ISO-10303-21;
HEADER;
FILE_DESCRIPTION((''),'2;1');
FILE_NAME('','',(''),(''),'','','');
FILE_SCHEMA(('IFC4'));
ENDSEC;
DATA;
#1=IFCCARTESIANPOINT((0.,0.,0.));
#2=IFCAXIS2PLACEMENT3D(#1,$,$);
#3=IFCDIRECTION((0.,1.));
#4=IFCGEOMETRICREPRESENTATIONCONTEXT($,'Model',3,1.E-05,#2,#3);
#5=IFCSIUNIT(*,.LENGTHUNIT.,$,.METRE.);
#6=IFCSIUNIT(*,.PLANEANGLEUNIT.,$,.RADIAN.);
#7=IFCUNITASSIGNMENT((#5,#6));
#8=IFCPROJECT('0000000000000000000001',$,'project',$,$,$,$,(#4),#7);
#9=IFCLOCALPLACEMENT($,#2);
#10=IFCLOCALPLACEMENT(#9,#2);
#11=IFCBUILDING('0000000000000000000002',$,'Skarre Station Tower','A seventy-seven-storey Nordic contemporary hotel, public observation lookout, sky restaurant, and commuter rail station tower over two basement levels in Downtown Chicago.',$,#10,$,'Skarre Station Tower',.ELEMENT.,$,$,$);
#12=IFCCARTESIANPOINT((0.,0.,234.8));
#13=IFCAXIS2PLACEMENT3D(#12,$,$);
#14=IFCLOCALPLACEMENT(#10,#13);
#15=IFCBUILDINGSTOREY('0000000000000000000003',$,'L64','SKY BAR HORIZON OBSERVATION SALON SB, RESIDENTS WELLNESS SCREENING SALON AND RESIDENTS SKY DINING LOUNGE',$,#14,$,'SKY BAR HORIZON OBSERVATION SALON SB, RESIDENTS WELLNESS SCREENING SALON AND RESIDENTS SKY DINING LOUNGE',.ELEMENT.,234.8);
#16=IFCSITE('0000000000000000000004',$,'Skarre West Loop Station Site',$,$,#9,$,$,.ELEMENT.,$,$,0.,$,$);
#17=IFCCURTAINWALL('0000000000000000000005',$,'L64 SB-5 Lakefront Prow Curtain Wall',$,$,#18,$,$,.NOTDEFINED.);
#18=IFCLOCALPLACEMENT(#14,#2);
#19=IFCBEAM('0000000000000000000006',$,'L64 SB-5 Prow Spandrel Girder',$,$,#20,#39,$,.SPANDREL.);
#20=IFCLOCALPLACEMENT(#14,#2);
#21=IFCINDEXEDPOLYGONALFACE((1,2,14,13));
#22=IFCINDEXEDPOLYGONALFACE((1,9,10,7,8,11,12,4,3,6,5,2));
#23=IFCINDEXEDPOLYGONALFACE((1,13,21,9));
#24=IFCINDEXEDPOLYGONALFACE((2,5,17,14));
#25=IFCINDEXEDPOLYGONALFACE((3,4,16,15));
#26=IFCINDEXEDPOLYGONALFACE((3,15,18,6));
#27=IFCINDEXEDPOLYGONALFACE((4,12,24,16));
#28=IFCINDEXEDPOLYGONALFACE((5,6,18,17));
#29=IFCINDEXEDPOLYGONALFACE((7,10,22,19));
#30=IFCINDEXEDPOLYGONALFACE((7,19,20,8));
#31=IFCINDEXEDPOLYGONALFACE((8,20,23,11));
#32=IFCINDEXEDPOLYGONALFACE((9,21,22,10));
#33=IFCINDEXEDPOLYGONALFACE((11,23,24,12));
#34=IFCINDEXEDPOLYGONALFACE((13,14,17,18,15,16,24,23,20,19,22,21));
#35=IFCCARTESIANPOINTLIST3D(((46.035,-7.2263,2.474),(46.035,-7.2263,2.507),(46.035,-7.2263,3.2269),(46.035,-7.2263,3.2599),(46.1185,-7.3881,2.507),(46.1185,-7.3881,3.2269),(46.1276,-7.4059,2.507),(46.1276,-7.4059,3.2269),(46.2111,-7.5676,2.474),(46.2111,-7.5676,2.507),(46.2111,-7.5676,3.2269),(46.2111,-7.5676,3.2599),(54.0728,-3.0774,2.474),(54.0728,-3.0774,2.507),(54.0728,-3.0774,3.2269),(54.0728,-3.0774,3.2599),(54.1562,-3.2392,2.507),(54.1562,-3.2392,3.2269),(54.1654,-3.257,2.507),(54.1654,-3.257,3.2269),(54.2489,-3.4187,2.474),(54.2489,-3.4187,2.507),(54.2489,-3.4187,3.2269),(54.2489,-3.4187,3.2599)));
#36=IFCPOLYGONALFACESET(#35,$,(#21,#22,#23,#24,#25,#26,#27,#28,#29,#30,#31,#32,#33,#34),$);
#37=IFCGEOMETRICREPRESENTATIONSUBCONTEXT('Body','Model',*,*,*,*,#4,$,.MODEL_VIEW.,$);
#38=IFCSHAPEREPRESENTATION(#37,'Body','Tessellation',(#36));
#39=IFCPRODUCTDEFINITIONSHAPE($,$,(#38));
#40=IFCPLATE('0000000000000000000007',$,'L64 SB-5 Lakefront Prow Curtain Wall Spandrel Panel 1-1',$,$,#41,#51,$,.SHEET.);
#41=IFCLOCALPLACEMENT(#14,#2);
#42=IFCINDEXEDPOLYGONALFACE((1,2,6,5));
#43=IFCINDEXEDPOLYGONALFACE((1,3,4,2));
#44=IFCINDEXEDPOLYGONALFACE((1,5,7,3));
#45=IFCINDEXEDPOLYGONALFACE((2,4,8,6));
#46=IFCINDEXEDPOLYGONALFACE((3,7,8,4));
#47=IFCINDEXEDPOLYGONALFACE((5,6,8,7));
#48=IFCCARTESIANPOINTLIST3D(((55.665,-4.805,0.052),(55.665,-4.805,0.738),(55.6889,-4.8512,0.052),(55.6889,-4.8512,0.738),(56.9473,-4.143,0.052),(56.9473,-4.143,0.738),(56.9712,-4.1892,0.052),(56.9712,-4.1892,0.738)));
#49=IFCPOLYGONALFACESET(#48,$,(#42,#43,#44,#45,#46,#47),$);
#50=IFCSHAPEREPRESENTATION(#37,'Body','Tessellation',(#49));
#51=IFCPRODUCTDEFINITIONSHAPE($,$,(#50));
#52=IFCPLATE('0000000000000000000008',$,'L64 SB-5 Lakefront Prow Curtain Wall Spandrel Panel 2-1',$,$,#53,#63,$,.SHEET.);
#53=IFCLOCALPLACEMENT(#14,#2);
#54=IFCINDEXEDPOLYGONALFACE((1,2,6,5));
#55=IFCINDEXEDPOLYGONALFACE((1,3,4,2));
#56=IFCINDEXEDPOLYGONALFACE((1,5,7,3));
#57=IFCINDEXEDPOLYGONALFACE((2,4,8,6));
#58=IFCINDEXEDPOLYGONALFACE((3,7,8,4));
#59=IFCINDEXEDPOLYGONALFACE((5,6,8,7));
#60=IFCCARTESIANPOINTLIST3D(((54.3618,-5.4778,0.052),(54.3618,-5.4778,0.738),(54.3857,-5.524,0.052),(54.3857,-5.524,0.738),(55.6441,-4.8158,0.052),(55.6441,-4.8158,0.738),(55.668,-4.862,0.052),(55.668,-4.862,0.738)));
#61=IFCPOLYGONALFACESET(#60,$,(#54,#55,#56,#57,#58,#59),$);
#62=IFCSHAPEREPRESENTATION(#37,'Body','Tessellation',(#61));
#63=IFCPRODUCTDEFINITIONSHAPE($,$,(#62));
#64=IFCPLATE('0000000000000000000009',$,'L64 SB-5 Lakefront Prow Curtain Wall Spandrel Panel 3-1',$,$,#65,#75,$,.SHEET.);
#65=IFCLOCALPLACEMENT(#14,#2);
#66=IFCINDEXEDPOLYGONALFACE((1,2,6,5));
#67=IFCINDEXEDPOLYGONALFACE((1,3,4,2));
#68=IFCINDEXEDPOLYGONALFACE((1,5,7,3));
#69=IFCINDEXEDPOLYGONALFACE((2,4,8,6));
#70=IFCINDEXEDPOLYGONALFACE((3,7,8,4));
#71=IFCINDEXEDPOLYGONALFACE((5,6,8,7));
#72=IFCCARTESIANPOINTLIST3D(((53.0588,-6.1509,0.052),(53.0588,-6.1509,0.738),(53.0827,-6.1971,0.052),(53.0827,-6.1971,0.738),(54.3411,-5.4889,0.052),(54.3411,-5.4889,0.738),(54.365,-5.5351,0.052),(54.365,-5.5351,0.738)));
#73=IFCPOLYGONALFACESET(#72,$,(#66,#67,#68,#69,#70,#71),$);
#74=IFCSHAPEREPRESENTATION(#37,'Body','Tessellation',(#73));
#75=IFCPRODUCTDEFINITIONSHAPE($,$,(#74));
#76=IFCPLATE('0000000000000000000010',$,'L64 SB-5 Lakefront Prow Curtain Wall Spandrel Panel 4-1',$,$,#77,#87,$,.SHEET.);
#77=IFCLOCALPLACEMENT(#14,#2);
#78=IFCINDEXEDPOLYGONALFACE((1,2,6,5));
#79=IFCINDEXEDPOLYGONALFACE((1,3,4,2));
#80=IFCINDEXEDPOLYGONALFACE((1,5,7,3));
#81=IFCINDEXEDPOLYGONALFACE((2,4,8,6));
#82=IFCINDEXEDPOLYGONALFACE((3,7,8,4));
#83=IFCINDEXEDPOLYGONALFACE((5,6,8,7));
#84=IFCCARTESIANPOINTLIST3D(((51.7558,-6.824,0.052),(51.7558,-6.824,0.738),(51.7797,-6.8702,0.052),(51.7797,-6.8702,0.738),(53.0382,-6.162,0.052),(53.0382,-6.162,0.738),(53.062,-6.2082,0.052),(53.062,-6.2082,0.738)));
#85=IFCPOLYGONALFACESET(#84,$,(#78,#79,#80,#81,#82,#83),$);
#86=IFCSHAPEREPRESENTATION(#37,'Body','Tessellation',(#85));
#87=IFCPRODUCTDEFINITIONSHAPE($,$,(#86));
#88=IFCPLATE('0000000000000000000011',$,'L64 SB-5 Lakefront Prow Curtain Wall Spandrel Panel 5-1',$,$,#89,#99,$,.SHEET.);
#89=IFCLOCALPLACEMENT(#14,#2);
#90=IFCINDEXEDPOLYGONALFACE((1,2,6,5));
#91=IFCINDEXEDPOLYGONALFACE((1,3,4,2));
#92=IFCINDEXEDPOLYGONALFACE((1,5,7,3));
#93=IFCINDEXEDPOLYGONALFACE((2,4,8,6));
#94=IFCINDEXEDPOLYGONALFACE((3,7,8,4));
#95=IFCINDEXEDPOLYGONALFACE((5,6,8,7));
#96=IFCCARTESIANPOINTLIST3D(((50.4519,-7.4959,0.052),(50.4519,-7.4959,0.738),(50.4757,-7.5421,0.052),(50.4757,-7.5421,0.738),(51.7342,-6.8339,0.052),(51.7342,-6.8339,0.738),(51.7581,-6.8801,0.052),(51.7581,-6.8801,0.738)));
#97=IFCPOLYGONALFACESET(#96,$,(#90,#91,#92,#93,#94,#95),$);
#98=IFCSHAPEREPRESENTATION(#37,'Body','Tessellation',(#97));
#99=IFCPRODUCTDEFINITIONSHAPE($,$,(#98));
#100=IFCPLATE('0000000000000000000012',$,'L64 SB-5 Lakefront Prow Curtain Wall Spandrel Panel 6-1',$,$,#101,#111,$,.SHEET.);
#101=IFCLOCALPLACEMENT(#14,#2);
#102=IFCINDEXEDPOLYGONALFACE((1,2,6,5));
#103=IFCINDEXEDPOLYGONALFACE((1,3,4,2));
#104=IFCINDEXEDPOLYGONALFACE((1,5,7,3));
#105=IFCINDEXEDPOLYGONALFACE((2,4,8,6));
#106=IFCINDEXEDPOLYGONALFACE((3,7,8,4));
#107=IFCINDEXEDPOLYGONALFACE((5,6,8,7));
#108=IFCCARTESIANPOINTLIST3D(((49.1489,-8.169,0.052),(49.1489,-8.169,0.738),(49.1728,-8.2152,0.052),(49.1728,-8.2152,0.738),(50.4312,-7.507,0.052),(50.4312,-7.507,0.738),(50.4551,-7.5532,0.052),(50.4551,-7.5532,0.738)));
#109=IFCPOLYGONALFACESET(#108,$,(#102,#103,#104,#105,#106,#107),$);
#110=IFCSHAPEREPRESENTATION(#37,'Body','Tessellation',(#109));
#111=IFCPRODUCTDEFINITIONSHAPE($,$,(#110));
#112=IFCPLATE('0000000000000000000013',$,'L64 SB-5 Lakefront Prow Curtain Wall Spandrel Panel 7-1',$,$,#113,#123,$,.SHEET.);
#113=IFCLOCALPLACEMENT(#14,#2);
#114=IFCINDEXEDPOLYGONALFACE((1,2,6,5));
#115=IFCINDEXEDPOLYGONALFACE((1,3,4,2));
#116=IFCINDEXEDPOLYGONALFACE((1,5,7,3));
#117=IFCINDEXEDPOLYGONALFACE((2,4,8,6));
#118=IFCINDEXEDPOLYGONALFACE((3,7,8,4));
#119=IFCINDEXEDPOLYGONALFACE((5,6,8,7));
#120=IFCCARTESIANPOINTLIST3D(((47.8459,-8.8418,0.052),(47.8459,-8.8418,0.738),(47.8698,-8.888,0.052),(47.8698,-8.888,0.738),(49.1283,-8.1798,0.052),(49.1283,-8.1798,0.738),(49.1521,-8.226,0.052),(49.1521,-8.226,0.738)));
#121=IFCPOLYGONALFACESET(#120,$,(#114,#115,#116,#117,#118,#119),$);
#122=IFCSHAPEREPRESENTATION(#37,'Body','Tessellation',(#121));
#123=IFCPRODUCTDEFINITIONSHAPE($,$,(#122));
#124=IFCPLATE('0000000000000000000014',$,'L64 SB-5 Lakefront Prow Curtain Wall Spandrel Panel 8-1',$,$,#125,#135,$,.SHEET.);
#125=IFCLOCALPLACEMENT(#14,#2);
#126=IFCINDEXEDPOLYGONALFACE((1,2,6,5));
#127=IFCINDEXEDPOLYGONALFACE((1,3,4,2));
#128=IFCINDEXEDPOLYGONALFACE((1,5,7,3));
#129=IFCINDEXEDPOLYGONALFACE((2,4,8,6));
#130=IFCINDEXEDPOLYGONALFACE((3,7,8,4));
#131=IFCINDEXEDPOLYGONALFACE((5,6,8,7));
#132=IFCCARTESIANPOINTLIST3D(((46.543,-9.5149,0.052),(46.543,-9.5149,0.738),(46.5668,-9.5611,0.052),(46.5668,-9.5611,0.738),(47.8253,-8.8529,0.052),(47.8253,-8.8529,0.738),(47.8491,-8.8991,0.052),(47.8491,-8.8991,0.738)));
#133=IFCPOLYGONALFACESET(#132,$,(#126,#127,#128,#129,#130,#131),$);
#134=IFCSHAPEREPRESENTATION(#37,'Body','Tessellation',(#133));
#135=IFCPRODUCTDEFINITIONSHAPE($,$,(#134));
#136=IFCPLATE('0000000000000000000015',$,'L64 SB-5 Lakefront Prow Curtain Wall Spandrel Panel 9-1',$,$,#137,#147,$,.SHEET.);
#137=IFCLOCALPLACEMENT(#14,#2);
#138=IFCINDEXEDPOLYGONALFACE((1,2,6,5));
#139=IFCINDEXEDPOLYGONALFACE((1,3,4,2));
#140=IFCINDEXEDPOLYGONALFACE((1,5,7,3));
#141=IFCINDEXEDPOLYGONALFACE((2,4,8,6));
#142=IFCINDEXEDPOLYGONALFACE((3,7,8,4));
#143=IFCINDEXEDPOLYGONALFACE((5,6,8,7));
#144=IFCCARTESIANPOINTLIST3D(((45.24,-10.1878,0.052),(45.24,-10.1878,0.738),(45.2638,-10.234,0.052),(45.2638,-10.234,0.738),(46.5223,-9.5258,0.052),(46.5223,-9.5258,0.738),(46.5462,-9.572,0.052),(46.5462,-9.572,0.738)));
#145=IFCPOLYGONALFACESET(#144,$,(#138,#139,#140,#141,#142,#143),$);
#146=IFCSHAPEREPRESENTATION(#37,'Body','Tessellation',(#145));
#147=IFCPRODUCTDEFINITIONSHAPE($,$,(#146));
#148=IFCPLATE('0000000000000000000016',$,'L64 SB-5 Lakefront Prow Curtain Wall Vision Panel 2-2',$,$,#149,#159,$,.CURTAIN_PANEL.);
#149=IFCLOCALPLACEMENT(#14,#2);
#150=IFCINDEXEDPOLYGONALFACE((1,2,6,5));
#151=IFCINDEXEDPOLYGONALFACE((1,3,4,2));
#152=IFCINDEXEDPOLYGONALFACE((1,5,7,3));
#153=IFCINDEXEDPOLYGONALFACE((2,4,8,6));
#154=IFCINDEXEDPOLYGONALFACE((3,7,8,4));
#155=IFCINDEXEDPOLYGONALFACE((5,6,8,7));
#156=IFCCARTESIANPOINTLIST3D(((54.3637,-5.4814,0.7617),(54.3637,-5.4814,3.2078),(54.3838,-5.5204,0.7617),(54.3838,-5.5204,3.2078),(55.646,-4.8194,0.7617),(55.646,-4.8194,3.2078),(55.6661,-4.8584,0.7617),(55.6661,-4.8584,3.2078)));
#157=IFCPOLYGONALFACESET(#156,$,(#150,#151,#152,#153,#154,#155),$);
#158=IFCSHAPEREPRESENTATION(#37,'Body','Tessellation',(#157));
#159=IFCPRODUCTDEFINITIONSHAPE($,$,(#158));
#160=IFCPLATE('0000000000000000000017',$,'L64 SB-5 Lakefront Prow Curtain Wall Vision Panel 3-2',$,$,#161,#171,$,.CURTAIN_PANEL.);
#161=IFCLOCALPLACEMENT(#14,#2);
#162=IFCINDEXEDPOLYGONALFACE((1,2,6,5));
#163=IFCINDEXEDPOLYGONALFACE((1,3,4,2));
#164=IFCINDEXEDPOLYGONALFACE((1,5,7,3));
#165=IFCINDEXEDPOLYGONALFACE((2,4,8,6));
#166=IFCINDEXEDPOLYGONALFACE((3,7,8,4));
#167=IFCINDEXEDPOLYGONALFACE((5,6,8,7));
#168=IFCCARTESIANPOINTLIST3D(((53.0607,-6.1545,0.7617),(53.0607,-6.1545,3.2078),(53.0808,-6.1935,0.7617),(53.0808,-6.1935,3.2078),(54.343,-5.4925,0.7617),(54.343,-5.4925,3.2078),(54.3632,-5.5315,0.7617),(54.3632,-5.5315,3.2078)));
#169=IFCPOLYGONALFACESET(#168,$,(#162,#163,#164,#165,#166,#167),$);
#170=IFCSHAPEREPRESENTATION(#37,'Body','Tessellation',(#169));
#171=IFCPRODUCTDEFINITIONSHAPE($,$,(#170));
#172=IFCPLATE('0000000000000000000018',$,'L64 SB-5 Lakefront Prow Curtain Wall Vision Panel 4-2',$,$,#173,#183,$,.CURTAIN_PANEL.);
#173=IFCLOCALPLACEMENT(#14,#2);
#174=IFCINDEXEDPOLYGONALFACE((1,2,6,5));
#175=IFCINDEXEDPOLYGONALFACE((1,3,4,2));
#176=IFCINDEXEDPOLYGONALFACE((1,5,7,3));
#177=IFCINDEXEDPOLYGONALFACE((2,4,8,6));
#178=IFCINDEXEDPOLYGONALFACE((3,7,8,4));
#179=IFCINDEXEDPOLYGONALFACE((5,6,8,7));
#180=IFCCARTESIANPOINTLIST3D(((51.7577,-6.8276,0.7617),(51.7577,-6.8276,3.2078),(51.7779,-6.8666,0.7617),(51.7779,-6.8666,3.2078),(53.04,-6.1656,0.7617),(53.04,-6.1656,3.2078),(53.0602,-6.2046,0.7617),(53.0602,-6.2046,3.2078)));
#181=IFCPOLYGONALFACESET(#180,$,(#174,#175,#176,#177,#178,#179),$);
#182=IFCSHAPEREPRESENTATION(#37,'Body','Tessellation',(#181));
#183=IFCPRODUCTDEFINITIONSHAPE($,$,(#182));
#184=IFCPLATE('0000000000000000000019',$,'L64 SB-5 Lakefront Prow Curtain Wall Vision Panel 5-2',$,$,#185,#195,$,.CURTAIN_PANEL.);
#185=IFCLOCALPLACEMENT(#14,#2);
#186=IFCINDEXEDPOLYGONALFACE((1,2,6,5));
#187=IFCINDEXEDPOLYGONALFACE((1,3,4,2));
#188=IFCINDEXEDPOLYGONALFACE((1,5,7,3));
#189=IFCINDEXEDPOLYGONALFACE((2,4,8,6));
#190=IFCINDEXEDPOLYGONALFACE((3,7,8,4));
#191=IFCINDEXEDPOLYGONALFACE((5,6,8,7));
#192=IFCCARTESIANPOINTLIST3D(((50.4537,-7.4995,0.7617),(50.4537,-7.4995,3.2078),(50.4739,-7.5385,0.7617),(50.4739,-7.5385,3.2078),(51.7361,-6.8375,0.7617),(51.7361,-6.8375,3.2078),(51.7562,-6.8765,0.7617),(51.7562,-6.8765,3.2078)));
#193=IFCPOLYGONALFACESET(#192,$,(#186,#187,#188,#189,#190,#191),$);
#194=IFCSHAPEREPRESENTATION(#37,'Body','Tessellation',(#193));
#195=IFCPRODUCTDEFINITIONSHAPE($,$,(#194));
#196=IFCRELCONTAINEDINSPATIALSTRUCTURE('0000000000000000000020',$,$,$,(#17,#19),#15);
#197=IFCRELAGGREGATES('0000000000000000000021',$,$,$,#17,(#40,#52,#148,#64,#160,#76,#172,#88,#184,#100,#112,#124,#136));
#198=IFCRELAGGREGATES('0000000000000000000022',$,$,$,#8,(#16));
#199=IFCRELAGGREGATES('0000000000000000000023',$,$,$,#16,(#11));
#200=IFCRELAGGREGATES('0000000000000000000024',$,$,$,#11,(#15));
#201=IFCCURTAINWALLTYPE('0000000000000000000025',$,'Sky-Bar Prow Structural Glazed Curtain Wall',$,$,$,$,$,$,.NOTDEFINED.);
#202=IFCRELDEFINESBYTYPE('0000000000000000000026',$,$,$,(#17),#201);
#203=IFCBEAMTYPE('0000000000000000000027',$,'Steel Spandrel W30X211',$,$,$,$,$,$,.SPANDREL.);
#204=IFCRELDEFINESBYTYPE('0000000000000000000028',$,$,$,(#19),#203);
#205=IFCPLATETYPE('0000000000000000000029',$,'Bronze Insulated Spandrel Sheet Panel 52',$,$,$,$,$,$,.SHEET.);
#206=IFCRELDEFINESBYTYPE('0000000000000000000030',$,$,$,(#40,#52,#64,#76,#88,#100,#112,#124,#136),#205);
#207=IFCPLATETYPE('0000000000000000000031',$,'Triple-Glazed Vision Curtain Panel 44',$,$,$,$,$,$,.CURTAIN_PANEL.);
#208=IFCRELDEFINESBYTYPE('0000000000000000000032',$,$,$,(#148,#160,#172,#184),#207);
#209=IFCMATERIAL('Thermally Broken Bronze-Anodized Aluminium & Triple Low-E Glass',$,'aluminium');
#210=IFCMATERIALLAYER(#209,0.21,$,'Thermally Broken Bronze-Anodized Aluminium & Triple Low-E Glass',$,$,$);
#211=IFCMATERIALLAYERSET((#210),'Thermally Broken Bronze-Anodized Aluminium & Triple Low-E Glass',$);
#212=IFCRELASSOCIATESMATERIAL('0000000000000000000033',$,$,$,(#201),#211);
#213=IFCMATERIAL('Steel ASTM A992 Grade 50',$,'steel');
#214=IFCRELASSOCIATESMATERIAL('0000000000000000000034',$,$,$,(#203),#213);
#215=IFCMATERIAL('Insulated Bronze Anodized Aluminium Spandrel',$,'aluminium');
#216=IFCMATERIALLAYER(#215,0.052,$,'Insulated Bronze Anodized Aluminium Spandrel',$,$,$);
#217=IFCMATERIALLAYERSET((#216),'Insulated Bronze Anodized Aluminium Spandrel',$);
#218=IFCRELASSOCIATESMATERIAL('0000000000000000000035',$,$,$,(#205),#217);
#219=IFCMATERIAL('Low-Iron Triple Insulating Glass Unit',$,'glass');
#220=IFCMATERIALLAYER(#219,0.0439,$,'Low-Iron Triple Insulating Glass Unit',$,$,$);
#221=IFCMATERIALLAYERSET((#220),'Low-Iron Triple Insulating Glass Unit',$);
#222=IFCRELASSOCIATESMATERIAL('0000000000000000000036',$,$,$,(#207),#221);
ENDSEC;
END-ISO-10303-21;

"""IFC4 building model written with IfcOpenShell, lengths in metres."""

from ifc_helpers import new_model, si_unit, direction, frame, origin, origin_2d, place, context, subcontext, project, spatial, rectangle, i_section, extrude, material, layer, layer_set, material_profile, profile_set, type_object, element, aggregate, save


model = new_model("IFC4")

# Units and contexts
model_context = context("Model", 3, precision=1e-05, world=origin(), true_north=direction((0.0, 1.0)))
body_context = subcontext(model_context, "Body", "Model", "MODEL_VIEW")
ifc_project = project(units=[si_unit("LENGTHUNIT", "METRE"), si_unit("PLANEANGLEUNIT", "RADIAN")], contexts=[model_context])

# Site, building, storey
site_placement = place(None, origin())
site = spatial("IfcSite", under=ifc_project, at=site_placement, Name="Skarre West Loop Station Site", CompositionType="ELEMENT", RefElevation=0.0)
building_placement = place(site_placement, origin())
building = spatial("IfcBuilding", under=site, at=building_placement, Name="Skarre Station Tower", Description="A seventy-seven-storey Nordic contemporary hotel, public observation lookout, sky restaurant, and commuter rail station tower over two basement levels in Downtown Chicago.", LongName="Skarre Station Tower", CompositionType="ELEMENT")
storey_placement = place(building_placement, frame((0.0, 0.0, 234.8)))
storey = spatial("IfcBuildingStorey", under=building, at=storey_placement, Name="L64", Description="SKY BAR HORIZON OBSERVATION SALON SB, RESIDENTS WELLNESS SCREENING SALON AND RESIDENTS SKY DINING LOUNGE", LongName="SKY BAR HORIZON OBSERVATION SALON SB, RESIDENTS WELLNESS SCREENING SALON AND RESIDENTS SKY DINING LOUNGE", CompositionType="ELEMENT", Elevation=234.8)

# Curtain wall
ifc_material_1 = material(Name="Thermally Broken Bronze-Anodized Aluminium & Triple Low-E Glass", Category="aluminium")
ifc_layer_1 = layer(ifc_material_1, 0.21, Name="Thermally Broken Bronze-Anodized Aluminium & Triple Low-E Glass")
ifc_layer_set_1 = layer_set([ifc_layer_1], Name="Thermally Broken Bronze-Anodized Aluminium & Triple Low-E Glass")
curtain_wall_type = type_object("IfcCurtainWallType", Name="Sky-Bar Prow Structural Glazed Curtain Wall", PredefinedType="NOTDEFINED", material=ifc_layer_set_1)
curtain_wall_placement = place(storey_placement, origin())
curtain_wall = element("IfcCurtainWall", 1, at=curtain_wall_placement, inside=storey, type_object=curtain_wall_type, Name="L64 SB-5 Lakefront Prow Curtain Wall", PredefinedType="NOTDEFINED")

# Beam
ifc_material_2 = material(Name="Steel ASTM A992 Grade 50", Category="steel")
ifc_material_profile_1 = material_profile(ifc_material_2, i_section(OverallWidth=0.384, OverallDepth=0.7859, WebThickness=0.02, FlangeThickness=0.033, at=origin_2d()), Name="Steel ASTM A992 Grade 50")
ifc_profile_set_1 = profile_set([ifc_material_profile_1], Name="Steel ASTM A992 Grade 50")
beam_type = type_object("IfcBeamType", Name="Steel Spandrel W30X211", PredefinedType="SPANDREL", material=ifc_profile_set_1)
beam_placement = place(storey_placement, frame((46.123, -7.397, 2.8669), z_axis=(0.888604, 0.458675, 0.0), x_axis=(-0.458675, 0.888604, 0.0)))
element("IfcBeam", 2, at=beam_placement, inside=storey, type_object=beam_type, Name="L64 SB-5 Prow Spandrel Girder", PredefinedType="SPANDREL", context=body_context, shape_type="SweptSolid", body=[
    extrude(i_section(OverallWidth=0.384, OverallDepth=0.7859, WebThickness=0.02, FlangeThickness=0.033, at=origin_2d()), origin(), (0.0, 0.0, 1.0), 9.0454),
])

# Plates
ifc_material_3 = material(Name="Insulated Bronze Anodized Aluminium Spandrel", Category="aluminium")
ifc_layer_2 = layer(ifc_material_3, 0.052, Name="Insulated Bronze Anodized Aluminium Spandrel")
ifc_layer_set_2 = layer_set([ifc_layer_2], Name="Insulated Bronze Anodized Aluminium Spandrel")
plate_type_1 = type_object("IfcPlateType", Name="Bronze Insulated Spandrel Sheet Panel 52", PredefinedType="SHEET", material=ifc_layer_set_2)
plate_1_placement = place(storey_placement, frame((56.3181, -4.4971, 0.052), z_axis=(0.0, 0.0, 1.0), x_axis=(-0.888577, -0.458727, 0.0)))
plate_1 = element("IfcPlate", 3, at=plate_1_placement, type_object=plate_type_1, Name="L64 SB-5 Lakefront Prow Curtain Wall Spandrel Panel 1-1", PredefinedType="SHEET", context=body_context, shape_type="SweptSolid", body=[
    extrude(rectangle(XDim=1.4431, YDim=0.052, at=origin_2d()), origin(), (0.0, 0.0, 1.0), 0.686),
])
plate_2_placement = place(storey_placement, frame((55.0149, -5.1699, 0.052), z_axis=(0.0, 0.0, 1.0), x_axis=(-0.888577, -0.458727, 0.0)))
plate_2 = element("IfcPlate", 4, at=plate_2_placement, type_object=plate_type_1, Name="L64 SB-5 Lakefront Prow Curtain Wall Spandrel Panel 2-1", PredefinedType="SHEET", context=body_context, shape_type="SweptSolid", body=[
    extrude(rectangle(XDim=1.4431, YDim=0.052, at=origin_2d()), origin(), (0.0, 0.0, 1.0), 0.686),
])
plate_3_placement = place(storey_placement, frame((53.7119, -5.843, 0.052), z_axis=(0.0, 0.0, 1.0), x_axis=(-0.888577, -0.458727, 0.0)))
plate_3 = element("IfcPlate", 5, at=plate_3_placement, type_object=plate_type_1, Name="L64 SB-5 Lakefront Prow Curtain Wall Spandrel Panel 3-1", PredefinedType="SHEET", context=body_context, shape_type="SweptSolid", body=[
    extrude(rectangle(XDim=1.4431, YDim=0.052, at=origin_2d()), origin(), (0.0, 0.0, 1.0), 0.686),
])
plate_4_placement = place(storey_placement, frame((52.4089, -6.5161, 0.052), z_axis=(0.0, 0.0, 1.0), x_axis=(-0.888577, -0.458727, 0.0)))
plate_4 = element("IfcPlate", 6, at=plate_4_placement, type_object=plate_type_1, Name="L64 SB-5 Lakefront Prow Curtain Wall Spandrel Panel 4-1", PredefinedType="SHEET", context=body_context, shape_type="SweptSolid", body=[
    extrude(rectangle(XDim=1.4431, YDim=0.052, at=origin_2d()), origin(), (0.0, 0.0, 1.0), 0.686),
])
plate_5_placement = place(storey_placement, frame((51.105, -7.188, 0.052), z_axis=(0.0, 0.0, 1.0), x_axis=(-0.888577, -0.458727, 0.0)))
plate_5 = element("IfcPlate", 7, at=plate_5_placement, type_object=plate_type_1, Name="L64 SB-5 Lakefront Prow Curtain Wall Spandrel Panel 5-1", PredefinedType="SHEET", context=body_context, shape_type="SweptSolid", body=[
    extrude(rectangle(XDim=1.4431, YDim=0.052, at=origin_2d()), origin(), (0.0, 0.0, 1.0), 0.686),
])
plate_6_placement = place(storey_placement, frame((49.802, -7.8611, 0.052), z_axis=(0.0, 0.0, 1.0), x_axis=(-0.888577, -0.458727, 0.0)))
plate_6 = element("IfcPlate", 8, at=plate_6_placement, type_object=plate_type_1, Name="L64 SB-5 Lakefront Prow Curtain Wall Spandrel Panel 6-1", PredefinedType="SHEET", context=body_context, shape_type="SweptSolid", body=[
    extrude(rectangle(XDim=1.4431, YDim=0.052, at=origin_2d()), origin(), (0.0, 0.0, 1.0), 0.686),
])
plate_7_placement = place(storey_placement, frame((48.499, -8.5339, 0.052), z_axis=(0.0, 0.0, 1.0), x_axis=(-0.888577, -0.458727, 0.0)))
plate_7 = element("IfcPlate", 9, at=plate_7_placement, type_object=plate_type_1, Name="L64 SB-5 Lakefront Prow Curtain Wall Spandrel Panel 7-1", PredefinedType="SHEET", context=body_context, shape_type="SweptSolid", body=[
    extrude(rectangle(XDim=1.4431, YDim=0.052, at=origin_2d()), origin(), (0.0, 0.0, 1.0), 0.686),
])
plate_8_placement = place(storey_placement, frame((47.196, -9.207, 0.052), z_axis=(0.0, 0.0, 1.0), x_axis=(-0.888577, -0.458727, 0.0)))
plate_8 = element("IfcPlate", 10, at=plate_8_placement, type_object=plate_type_1, Name="L64 SB-5 Lakefront Prow Curtain Wall Spandrel Panel 8-1", PredefinedType="SHEET", context=body_context, shape_type="SweptSolid", body=[
    extrude(rectangle(XDim=1.4431, YDim=0.052, at=origin_2d()), origin(), (0.0, 0.0, 1.0), 0.686),
])
plate_9_placement = place(storey_placement, frame((45.8931, -9.8799, 0.052), z_axis=(0.0, 0.0, 1.0), x_axis=(-0.888577, -0.458727, 0.0)))
plate_9 = element("IfcPlate", 11, at=plate_9_placement, type_object=plate_type_1, Name="L64 SB-5 Lakefront Prow Curtain Wall Spandrel Panel 9-1", PredefinedType="SHEET", context=body_context, shape_type="SweptSolid", body=[
    extrude(rectangle(XDim=1.4431, YDim=0.052, at=origin_2d()), origin(), (0.0, 0.0, 1.0), 0.686),
])
ifc_material_4 = material(Name="Low-Iron Triple Insulating Glass Unit", Category="glass")
ifc_layer_3 = layer(ifc_material_4, 0.0439, Name="Low-Iron Triple Insulating Glass Unit")
ifc_layer_set_3 = layer_set([ifc_layer_3], Name="Low-Iron Triple Insulating Glass Unit")
plate_type_2 = type_object("IfcPlateType", Name="Triple-Glazed Vision Curtain Panel 44", PredefinedType="CURTAIN_PANEL", material=ifc_layer_set_3)
plate_10_placement = place(storey_placement, frame((55.0149, -5.1699, 0.7617), z_axis=(0.0, 0.0, 1.0), x_axis=(-0.888577, -0.458727, 0.0)))
plate_10 = element("IfcPlate", 12, at=plate_10_placement, type_object=plate_type_2, Name="L64 SB-5 Lakefront Prow Curtain Wall Vision Panel 2-2", PredefinedType="CURTAIN_PANEL", context=body_context, shape_type="SweptSolid", body=[
    extrude(rectangle(XDim=1.4431, YDim=0.0439, at=origin_2d()), origin(), (0.0, 0.0, 1.0), 2.446),
])
plate_11_placement = place(storey_placement, frame((53.7119, -5.843, 0.7617), z_axis=(0.0, 0.0, 1.0), x_axis=(-0.888577, -0.458727, 0.0)))
plate_11 = element("IfcPlate", 13, at=plate_11_placement, type_object=plate_type_2, Name="L64 SB-5 Lakefront Prow Curtain Wall Vision Panel 3-2", PredefinedType="CURTAIN_PANEL", context=body_context, shape_type="SweptSolid", body=[
    extrude(rectangle(XDim=1.4431, YDim=0.0439, at=origin_2d()), origin(), (0.0, 0.0, 1.0), 2.446),
])
plate_12_placement = place(storey_placement, frame((52.4089, -6.5161, 0.7617), z_axis=(0.0, 0.0, 1.0), x_axis=(-0.888577, -0.458727, 0.0)))
plate_12 = element("IfcPlate", 14, at=plate_12_placement, type_object=plate_type_2, Name="L64 SB-5 Lakefront Prow Curtain Wall Vision Panel 4-2", PredefinedType="CURTAIN_PANEL", context=body_context, shape_type="SweptSolid", body=[
    extrude(rectangle(XDim=1.4431, YDim=0.0439, at=origin_2d()), origin(), (0.0, 0.0, 1.0), 2.446),
])
plate_13_placement = place(storey_placement, frame((51.105, -7.188, 0.7617), z_axis=(0.0, 0.0, 1.0), x_axis=(-0.888577, -0.458727, 0.0)))
plate_13 = element("IfcPlate", 15, at=plate_13_placement, type_object=plate_type_2, Name="L64 SB-5 Lakefront Prow Curtain Wall Vision Panel 5-2", PredefinedType="CURTAIN_PANEL", context=body_context, shape_type="SweptSolid", body=[
    extrude(rectangle(XDim=1.4431, YDim=0.0439, at=origin_2d()), origin(), (0.0, 0.0, 1.0), 2.446),
])
aggregate(curtain_wall, [plate_1, plate_2, plate_10, plate_3, plate_11, plate_4, plate_12, plate_5, plate_13, plate_6, plate_7, plate_8, plate_9])

save(model, "model.ifc")
